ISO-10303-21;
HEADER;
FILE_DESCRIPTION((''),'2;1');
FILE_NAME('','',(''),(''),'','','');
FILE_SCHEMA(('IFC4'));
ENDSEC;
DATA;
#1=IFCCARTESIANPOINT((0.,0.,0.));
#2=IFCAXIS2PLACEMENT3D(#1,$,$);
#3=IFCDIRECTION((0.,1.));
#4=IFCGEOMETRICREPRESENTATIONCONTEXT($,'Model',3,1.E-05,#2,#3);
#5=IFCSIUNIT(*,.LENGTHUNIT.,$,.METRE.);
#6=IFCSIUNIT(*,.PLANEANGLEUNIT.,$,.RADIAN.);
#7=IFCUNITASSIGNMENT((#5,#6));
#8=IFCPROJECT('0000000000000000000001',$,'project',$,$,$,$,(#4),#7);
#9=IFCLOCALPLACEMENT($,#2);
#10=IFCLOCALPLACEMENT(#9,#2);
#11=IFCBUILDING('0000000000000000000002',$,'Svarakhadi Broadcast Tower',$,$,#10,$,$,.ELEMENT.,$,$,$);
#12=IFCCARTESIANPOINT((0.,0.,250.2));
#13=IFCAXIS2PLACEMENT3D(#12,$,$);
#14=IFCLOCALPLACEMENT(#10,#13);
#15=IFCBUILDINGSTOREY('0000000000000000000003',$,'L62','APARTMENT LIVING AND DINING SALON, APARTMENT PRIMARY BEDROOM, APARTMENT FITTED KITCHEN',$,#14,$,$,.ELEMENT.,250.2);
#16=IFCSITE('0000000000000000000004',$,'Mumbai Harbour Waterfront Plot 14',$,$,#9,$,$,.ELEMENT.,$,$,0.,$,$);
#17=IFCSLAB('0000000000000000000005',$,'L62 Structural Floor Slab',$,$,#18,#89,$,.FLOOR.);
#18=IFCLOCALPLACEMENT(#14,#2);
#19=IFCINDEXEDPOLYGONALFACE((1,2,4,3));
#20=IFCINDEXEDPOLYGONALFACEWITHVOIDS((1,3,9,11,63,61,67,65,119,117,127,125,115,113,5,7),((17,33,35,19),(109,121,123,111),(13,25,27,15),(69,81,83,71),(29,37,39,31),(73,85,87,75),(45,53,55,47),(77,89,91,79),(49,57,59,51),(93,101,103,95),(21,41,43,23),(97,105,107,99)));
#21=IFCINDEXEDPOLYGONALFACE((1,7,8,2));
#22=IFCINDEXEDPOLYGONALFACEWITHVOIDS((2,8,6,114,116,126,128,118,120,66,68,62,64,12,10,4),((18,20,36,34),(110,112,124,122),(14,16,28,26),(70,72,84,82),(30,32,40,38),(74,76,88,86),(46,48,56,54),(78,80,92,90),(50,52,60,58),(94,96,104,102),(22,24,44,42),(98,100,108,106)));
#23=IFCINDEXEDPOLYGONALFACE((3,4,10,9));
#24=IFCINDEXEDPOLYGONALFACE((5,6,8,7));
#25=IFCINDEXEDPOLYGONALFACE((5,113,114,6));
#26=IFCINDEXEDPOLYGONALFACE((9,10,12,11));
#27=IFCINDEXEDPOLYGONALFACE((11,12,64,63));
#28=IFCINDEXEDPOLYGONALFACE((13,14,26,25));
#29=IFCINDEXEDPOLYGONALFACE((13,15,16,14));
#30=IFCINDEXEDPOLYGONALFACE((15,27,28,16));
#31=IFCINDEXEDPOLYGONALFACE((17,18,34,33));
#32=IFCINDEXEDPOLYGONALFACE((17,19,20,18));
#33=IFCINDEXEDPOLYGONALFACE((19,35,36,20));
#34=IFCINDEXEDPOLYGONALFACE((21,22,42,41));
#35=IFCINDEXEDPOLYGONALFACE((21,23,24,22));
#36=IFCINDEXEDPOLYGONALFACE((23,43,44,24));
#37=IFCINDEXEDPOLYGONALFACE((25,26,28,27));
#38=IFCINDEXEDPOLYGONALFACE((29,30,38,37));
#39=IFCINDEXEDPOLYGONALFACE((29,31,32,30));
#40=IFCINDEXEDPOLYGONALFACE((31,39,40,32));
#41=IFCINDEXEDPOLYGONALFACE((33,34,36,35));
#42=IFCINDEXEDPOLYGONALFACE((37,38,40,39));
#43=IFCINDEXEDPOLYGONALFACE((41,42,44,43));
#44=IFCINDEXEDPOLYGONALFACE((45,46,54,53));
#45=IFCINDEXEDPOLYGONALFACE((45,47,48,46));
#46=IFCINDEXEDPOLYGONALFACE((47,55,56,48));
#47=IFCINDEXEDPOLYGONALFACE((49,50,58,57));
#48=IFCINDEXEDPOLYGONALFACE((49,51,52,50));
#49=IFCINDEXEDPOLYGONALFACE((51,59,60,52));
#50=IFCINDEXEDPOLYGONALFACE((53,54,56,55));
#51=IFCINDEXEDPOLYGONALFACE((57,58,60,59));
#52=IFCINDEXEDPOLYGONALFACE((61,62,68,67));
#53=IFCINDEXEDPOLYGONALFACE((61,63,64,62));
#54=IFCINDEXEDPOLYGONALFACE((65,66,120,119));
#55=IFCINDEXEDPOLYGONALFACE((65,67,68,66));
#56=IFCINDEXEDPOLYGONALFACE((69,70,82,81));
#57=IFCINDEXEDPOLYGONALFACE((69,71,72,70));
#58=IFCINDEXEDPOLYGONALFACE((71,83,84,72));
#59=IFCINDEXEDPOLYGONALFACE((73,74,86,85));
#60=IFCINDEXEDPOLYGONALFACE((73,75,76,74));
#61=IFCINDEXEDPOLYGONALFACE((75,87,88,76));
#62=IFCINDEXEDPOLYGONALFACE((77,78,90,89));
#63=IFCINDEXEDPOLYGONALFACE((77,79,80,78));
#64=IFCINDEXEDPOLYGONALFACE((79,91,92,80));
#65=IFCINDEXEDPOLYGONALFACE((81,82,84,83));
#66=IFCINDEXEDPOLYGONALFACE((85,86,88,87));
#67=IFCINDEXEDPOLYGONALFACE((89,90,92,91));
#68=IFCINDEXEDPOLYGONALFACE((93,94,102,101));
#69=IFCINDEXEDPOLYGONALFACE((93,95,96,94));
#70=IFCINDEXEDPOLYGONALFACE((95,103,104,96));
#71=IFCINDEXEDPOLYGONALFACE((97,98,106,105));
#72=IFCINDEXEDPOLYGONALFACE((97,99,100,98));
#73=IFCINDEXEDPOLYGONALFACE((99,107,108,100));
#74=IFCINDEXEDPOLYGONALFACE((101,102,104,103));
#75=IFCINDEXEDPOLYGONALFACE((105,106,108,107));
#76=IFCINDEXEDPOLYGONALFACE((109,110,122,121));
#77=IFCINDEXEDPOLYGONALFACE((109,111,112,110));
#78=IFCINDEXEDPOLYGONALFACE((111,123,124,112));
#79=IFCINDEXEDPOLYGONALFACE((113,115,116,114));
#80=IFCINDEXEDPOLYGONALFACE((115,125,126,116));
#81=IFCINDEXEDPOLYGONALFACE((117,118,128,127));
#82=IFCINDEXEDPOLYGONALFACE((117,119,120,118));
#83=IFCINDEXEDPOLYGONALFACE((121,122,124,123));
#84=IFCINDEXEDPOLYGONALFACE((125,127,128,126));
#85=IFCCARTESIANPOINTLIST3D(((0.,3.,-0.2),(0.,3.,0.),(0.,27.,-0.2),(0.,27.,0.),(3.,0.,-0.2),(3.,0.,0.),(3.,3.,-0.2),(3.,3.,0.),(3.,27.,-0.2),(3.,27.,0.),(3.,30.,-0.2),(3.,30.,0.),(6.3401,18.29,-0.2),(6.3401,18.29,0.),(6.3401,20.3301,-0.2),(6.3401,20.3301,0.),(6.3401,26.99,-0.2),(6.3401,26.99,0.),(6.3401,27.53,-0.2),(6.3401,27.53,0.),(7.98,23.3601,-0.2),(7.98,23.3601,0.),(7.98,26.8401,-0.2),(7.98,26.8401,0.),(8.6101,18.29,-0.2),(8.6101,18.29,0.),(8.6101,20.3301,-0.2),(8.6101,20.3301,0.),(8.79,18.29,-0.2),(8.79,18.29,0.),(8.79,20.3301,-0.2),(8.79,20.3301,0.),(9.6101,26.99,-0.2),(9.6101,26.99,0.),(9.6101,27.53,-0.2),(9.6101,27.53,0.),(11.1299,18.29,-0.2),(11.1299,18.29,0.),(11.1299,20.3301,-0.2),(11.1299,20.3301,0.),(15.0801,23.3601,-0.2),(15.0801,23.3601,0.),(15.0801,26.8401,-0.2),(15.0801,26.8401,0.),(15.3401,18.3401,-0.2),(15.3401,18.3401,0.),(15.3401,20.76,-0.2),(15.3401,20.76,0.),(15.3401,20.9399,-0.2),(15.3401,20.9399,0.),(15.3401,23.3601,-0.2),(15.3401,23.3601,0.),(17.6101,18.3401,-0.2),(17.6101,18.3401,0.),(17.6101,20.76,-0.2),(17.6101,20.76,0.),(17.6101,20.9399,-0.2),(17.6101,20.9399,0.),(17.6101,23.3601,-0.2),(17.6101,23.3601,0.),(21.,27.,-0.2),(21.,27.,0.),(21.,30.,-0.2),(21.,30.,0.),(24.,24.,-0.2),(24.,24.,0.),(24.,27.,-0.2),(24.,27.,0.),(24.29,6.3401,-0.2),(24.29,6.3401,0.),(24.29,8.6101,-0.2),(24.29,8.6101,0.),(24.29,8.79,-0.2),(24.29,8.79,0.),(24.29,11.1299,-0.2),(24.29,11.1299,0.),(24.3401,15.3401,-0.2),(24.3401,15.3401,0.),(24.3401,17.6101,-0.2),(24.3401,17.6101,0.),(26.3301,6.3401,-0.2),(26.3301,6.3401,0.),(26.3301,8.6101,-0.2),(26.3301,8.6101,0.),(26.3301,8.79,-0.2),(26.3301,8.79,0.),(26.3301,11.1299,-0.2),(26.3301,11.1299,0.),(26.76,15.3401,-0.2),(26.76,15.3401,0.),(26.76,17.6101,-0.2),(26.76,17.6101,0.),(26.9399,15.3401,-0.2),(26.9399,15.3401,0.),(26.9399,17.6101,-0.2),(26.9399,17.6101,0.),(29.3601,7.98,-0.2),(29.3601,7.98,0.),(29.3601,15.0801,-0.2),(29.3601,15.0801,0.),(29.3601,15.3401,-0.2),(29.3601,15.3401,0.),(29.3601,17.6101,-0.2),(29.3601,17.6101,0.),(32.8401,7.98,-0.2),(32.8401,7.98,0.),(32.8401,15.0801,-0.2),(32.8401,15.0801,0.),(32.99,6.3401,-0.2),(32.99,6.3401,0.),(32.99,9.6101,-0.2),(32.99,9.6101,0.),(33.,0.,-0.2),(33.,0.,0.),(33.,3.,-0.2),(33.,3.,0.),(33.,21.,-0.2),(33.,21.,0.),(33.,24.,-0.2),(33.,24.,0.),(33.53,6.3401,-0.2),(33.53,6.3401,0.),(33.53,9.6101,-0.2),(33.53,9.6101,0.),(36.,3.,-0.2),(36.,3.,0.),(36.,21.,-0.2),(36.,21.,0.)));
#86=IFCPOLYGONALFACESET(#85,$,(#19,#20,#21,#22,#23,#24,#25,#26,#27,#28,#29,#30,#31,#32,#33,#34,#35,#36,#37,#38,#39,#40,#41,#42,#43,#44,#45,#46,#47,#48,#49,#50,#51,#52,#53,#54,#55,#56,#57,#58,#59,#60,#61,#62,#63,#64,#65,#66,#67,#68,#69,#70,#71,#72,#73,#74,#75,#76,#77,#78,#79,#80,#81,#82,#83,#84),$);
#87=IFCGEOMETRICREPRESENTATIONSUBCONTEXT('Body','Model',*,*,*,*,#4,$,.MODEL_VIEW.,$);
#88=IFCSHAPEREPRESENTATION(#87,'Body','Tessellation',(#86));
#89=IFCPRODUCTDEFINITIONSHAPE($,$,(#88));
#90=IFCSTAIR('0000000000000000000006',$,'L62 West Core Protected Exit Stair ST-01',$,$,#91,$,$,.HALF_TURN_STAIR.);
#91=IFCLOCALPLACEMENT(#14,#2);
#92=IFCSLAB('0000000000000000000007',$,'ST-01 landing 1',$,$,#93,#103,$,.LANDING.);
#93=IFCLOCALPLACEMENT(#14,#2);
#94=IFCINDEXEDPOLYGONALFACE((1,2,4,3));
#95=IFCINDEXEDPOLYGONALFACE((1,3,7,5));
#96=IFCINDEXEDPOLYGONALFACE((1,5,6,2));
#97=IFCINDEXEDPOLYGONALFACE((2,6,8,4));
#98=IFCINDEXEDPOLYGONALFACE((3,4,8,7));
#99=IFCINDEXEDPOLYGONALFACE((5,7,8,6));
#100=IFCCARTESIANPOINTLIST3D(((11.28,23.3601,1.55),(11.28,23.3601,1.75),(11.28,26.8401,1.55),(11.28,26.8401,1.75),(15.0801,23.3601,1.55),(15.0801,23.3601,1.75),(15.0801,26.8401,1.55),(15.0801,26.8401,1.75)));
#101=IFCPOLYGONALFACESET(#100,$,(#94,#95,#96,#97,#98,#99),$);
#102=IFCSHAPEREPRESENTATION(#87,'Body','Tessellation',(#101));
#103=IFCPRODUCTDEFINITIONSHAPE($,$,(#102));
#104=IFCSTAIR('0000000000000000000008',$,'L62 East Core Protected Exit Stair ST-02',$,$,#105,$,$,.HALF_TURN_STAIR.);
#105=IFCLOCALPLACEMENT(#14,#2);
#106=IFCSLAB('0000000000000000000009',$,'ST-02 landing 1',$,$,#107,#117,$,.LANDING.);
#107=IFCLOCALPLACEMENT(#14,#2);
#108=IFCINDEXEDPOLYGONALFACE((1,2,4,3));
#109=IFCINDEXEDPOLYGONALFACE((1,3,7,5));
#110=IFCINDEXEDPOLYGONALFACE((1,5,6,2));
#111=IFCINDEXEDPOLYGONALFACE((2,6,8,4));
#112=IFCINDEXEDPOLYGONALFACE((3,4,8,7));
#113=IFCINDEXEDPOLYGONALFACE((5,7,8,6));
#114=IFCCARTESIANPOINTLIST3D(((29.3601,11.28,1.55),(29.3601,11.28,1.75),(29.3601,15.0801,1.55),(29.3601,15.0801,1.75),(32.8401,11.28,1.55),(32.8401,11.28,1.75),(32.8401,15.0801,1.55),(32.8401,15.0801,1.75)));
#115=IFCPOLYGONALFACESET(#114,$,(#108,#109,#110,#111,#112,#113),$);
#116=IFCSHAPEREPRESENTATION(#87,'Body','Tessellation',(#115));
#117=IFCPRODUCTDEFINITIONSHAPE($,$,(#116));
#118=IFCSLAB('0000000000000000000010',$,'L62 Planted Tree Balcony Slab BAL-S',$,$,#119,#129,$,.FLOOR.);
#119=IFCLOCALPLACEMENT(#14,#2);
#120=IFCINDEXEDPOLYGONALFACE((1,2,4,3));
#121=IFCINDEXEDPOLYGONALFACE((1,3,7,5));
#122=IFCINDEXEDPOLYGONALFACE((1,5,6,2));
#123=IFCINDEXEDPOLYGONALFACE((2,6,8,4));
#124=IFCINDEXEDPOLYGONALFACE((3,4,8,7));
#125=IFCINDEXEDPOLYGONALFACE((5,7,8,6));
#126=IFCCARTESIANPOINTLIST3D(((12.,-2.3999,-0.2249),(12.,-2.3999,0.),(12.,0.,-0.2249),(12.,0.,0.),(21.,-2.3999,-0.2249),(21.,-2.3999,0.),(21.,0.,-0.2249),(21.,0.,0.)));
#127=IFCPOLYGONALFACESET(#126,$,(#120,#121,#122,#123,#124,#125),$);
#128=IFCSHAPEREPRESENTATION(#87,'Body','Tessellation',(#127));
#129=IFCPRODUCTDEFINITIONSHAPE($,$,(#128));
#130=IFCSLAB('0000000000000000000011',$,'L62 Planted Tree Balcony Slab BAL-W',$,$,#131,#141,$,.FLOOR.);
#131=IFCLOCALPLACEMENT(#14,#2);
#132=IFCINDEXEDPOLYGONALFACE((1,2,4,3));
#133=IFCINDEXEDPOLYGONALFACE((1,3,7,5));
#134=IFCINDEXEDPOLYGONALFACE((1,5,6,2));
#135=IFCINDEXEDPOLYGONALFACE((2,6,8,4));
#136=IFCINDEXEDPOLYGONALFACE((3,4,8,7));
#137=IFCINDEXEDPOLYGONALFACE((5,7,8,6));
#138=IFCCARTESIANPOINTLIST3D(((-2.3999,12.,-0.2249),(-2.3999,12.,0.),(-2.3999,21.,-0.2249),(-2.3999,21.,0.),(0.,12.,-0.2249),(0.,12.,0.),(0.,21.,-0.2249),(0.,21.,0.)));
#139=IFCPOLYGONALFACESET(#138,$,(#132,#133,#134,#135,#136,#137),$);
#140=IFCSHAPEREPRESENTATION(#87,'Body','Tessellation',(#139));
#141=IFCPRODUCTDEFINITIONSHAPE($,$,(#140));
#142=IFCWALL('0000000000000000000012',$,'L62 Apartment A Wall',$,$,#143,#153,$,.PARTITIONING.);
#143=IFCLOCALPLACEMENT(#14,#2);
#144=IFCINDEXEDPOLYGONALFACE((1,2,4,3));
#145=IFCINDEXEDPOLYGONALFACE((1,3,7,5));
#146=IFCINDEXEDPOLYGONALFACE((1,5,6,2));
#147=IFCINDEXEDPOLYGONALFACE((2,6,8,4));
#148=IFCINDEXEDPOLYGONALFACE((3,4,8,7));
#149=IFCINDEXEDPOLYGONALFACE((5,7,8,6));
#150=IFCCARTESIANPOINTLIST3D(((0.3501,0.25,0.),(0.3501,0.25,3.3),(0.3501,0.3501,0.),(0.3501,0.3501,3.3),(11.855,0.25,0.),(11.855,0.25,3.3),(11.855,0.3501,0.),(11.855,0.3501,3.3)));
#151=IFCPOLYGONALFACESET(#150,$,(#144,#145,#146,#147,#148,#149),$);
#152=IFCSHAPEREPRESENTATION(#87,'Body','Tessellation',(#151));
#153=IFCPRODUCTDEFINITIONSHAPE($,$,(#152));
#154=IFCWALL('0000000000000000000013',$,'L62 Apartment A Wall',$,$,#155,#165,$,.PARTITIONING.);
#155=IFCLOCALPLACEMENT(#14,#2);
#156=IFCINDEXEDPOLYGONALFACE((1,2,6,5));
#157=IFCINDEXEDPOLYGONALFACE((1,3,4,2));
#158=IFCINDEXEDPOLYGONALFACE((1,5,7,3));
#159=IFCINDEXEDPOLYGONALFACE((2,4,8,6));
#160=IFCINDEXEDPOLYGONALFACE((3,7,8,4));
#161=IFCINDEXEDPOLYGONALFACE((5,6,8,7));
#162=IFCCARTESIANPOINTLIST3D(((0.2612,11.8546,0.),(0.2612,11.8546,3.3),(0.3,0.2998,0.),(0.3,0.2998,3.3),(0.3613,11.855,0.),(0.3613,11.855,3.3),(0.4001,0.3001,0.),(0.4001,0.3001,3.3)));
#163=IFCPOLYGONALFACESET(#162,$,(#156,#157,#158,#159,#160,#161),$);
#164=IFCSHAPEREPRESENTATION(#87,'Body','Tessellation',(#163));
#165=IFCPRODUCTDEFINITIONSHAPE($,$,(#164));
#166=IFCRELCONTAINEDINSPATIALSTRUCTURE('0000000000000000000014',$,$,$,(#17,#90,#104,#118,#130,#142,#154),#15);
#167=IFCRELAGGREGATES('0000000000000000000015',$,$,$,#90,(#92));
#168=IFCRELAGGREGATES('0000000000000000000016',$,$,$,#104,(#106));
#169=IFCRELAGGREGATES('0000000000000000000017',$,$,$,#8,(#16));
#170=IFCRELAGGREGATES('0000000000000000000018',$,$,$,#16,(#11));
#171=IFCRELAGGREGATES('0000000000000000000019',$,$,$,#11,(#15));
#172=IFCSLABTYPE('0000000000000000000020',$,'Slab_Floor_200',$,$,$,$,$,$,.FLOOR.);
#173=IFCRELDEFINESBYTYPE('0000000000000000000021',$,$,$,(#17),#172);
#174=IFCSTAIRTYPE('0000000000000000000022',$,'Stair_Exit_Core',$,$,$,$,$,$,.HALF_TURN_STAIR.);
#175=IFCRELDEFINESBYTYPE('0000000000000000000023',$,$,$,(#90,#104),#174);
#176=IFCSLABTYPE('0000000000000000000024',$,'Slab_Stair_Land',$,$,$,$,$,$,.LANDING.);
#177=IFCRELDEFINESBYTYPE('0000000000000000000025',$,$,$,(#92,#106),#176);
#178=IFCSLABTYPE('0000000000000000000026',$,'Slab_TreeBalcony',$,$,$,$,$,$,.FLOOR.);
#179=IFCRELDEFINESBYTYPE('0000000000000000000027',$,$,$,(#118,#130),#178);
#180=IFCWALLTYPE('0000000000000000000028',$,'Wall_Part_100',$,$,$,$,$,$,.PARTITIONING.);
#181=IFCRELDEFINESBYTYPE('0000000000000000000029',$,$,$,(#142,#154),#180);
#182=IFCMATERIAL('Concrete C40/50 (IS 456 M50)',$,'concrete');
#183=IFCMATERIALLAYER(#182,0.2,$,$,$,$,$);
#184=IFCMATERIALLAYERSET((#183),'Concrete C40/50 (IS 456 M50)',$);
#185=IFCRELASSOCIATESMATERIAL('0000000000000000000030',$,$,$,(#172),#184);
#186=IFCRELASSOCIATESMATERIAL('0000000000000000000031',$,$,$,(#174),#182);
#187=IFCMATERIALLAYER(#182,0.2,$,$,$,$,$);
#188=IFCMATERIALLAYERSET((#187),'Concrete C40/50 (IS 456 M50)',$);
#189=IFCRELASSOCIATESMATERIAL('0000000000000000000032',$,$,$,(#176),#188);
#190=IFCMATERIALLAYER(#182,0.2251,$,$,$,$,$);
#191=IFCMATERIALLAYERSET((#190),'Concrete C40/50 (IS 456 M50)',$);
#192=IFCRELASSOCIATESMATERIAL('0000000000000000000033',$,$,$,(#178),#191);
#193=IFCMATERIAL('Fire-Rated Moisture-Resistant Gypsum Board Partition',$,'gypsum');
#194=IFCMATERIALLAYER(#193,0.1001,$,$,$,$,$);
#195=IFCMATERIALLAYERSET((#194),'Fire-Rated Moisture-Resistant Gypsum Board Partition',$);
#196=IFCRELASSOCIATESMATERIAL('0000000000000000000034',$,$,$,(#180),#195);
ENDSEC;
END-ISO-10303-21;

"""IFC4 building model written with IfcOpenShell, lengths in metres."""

from ifc_helpers import new_model, si_unit, direction, frame, frame_2d, origin, place, context, subcontext, project, spatial, polyline, rectangle, outline, extrude, material, layer, layer_set, type_object, element, aggregate, save


model = new_model("IFC4")

# Units and contexts
model_context = context("Model", 3, precision=1e-05, world=origin(), true_north=direction((0.0, 1.0)))
body_context = subcontext(model_context, "Body", "Model", "MODEL_VIEW")
ifc_project = project(units=[si_unit("LENGTHUNIT", "METRE"), si_unit("PLANEANGLEUNIT", "RADIAN")], contexts=[model_context])

# Site, building, storey
site_placement = place(None, origin())
site = spatial("IfcSite", under=ifc_project, at=site_placement, Name="Mumbai Harbour Waterfront Plot 14", CompositionType="ELEMENT", RefElevation=0.0)
building_placement = place(site_placement, origin())
building = spatial("IfcBuilding", under=site, at=building_placement, Name="Svarakhadi Broadcast Tower", CompositionType="ELEMENT")
storey_placement = place(building_placement, frame((0.0, 0.0, 250.2)))
storey = spatial("IfcBuildingStorey", under=building, at=storey_placement, Name="L62", Description="APARTMENT LIVING AND DINING SALON, APARTMENT PRIMARY BEDROOM, APARTMENT FITTED KITCHEN", CompositionType="ELEMENT", Elevation=250.2)

# Slab
ifc_material_1 = material(Name="Concrete C40/50 (IS 456 M50)", Category="concrete")
ifc_layer_1 = layer(ifc_material_1, 0.2)
ifc_layer_set_1 = layer_set([ifc_layer_1], Name="Concrete C40/50 (IS 456 M50)")
slab_type_1 = type_object("IfcSlabType", Name="Slab_Floor_200", PredefinedType="FLOOR", material=ifc_layer_set_1)
slab_1_placement = place(storey_placement, frame((0.0, 0.0, -0.2)))
element("IfcSlab", 1, at=slab_1_placement, inside=storey, type_object=slab_type_1, Name="L62 Structural Floor Slab", PredefinedType="FLOOR", context=body_context, shape_type="SweptSolid", body=[
    extrude(outline(polyline([(3.0, 0.0), (33.0, 0.0), (33.0, 3.0), (36.0, 3.0), (36.0, 21.0), (33.0, 21.0), (33.0, 24.0), (24.0, 24.0), (24.0, 27.0), (21.0, 27.0), (21.0, 30.0), (3.0, 30.0), (3.0, 27.0), (0.0, 27.0), (0.0, 3.0), (3.0, 3.0), (3.0, 0.0)]), holes=[polyline([(7.98, 23.3601), (15.0801, 23.3601), (15.0801, 26.8401), (7.98, 26.8401), (7.98, 23.3601)]), polyline([(32.8401, 7.98), (32.8401, 15.0801), (29.3601, 15.0801), (29.3601, 7.98), (32.8401, 7.98)]), polyline([(6.3401, 18.29), (8.6101, 18.29), (8.6101, 20.3301), (6.3401, 20.3301), (6.3401, 18.29)]), polyline([(8.79, 18.29), (11.1299, 18.29), (11.1299, 20.3301), (8.79, 20.3301), (8.79, 18.29)]), polyline([(24.29, 6.3401), (26.3301, 6.3401), (26.3301, 8.6101), (24.29, 8.6101), (24.29, 6.3401)]), polyline([(24.29, 8.79), (26.3301, 8.79), (26.3301, 11.1299), (24.29, 11.1299), (24.29, 8.79)]), polyline([(6.3401, 26.99), (9.6101, 26.99), (9.6101, 27.53), (6.3401, 27.53), (6.3401, 26.99)]), polyline([(32.99, 6.3401), (33.53, 6.3401), (33.53, 9.6101), (32.99, 9.6101), (32.99, 6.3401)]), polyline([(15.3401, 18.3401), (17.6101, 18.3401), (17.6101, 20.76), (15.3401, 20.76), (15.3401, 18.3401)]), polyline([(15.3401, 20.9399), (17.6101, 20.9399), (17.6101, 23.3601), (15.3401, 23.3601), (15.3401, 20.9399)]), polyline([(24.3401, 15.3401), (26.76, 15.3401), (26.76, 17.6101), (24.3401, 17.6101), (24.3401, 15.3401)]), polyline([(26.9399, 15.3401), (29.3601, 15.3401), (29.3601, 17.6101), (26.9399, 17.6101), (26.9399, 15.3401)])]), origin(), (0.0, 0.0, 1.0), 0.2),
])

# Stairs, slabs
stair_type = type_object("IfcStairType", Name="Stair_Exit_Core", PredefinedType="HALF_TURN_STAIR", material=ifc_material_1)
stair_1_placement = place(storey_placement, origin())
stair_1 = element("IfcStair", 2, at=stair_1_placement, inside=storey, type_object=stair_type, Name="L62 West Core Protected Exit Stair ST-01", PredefinedType="HALF_TURN_STAIR")
ifc_layer_2 = layer(ifc_material_1, 0.2)
ifc_layer_set_2 = layer_set([ifc_layer_2], Name="Concrete C40/50 (IS 456 M50)")
slab_type_2 = type_object("IfcSlabType", Name="Slab_Stair_Land", PredefinedType="LANDING", material=ifc_layer_set_2)
slab_2_placement = place(storey_placement, frame((0.0, 0.0, 1.55)))
slab_2 = element("IfcSlab", 3, at=slab_2_placement, type_object=slab_type_2, Name="ST-01 landing 1", PredefinedType="LANDING", context=body_context, shape_type="SweptSolid", body=[
    extrude(outline(polyline([(11.28, 23.3601), (15.0801, 23.3601), (15.0801, 26.8401), (11.28, 26.8401), (11.28, 23.3601)])), origin(), (0.0, 0.0, 1.0), 0.2),
])
aggregate(stair_1, [slab_2])
stair_2_placement = place(storey_placement, origin())
stair_2 = element("IfcStair", 4, at=stair_2_placement, inside=storey, type_object=stair_type, Name="L62 East Core Protected Exit Stair ST-02", PredefinedType="HALF_TURN_STAIR")
slab_3_placement = place(storey_placement, frame((0.0, 0.0, 1.55)))
slab_3 = element("IfcSlab", 5, at=slab_3_placement, type_object=slab_type_2, Name="ST-02 landing 1", PredefinedType="LANDING", context=body_context, shape_type="SweptSolid", body=[
    extrude(outline(polyline([(32.8401, 11.28), (32.8401, 15.0801), (29.3601, 15.0801), (29.3601, 11.28), (32.8401, 11.28)])), origin(), (0.0, 0.0, 1.0), 0.2),
])
aggregate(stair_2, [slab_3])

# Slabs
ifc_layer_3 = layer(ifc_material_1, 0.2251)
ifc_layer_set_3 = layer_set([ifc_layer_3], Name="Concrete C40/50 (IS 456 M50)")
slab_type_3 = type_object("IfcSlabType", Name="Slab_TreeBalcony", PredefinedType="FLOOR", material=ifc_layer_set_3)
slab_4_placement = place(storey_placement, frame((0.0, 0.0, -0.2249)))
element("IfcSlab", 6, at=slab_4_placement, inside=storey, type_object=slab_type_3, Name="L62 Planted Tree Balcony Slab BAL-S", PredefinedType="FLOOR", context=body_context, shape_type="SweptSolid", body=[
    extrude(outline(polyline([(12.0, -2.3999), (21.0, -2.3999), (21.0, 0.0), (12.0, 0.0), (12.0, -2.3999)])), origin(), (0.0, 0.0, 1.0), 0.2249),
])
slab_5_placement = place(storey_placement, frame((0.0, 0.0, -0.2249)))
element("IfcSlab", 7, at=slab_5_placement, inside=storey, type_object=slab_type_3, Name="L62 Planted Tree Balcony Slab BAL-W", PredefinedType="FLOOR", context=body_context, shape_type="SweptSolid", body=[
    extrude(outline(polyline([(-2.3999, 12.0), (0.0, 12.0), (0.0, 21.0), (-2.3999, 21.0), (-2.3999, 12.0)])), origin(), (0.0, 0.0, 1.0), 0.2249),
])

# Walls
ifc_material_2 = material(Name="Fire-Rated Moisture-Resistant Gypsum Board Partition", Category="gypsum")
ifc_layer_4 = layer(ifc_material_2, 0.1001)
ifc_layer_set_4 = layer_set([ifc_layer_4], Name="Fire-Rated Moisture-Resistant Gypsum Board Partition")
wall_type = type_object("IfcWallType", Name="Wall_Part_100", PredefinedType="PARTITIONING", material=ifc_layer_set_4)
wall_1_placement = place(storey_placement, frame((0.3501, 0.3, 0.0), z_axis=(0.0, 0.0, 1.0), x_axis=(1.0, 0.0, 0.0)))
element("IfcWall", 8, at=wall_1_placement, inside=storey, type_object=wall_type, Name="L62 Apartment A Wall", PredefinedType="PARTITIONING", context=body_context, shape_type="SweptSolid", body=[
    extrude(rectangle(XDim=11.5049, YDim=0.1001, at=frame_2d((5.7524, 0.0))), origin(), (0.0, 0.0, 1.0), 3.3),
])
wall_2_placement = place(storey_placement, frame((0.3501, 0.3, 0.0), z_axis=(0.0, 0.0, 1.0), x_axis=(-0.003359, 0.999994, 0.0)))
element("IfcWall", 9, at=wall_2_placement, inside=storey, type_object=wall_type, Name="L62 Apartment A Wall", PredefinedType="PARTITIONING", context=body_context, shape_type="SweptSolid", body=[
    extrude(rectangle(XDim=11.5549, YDim=0.1001, at=frame_2d((5.7773, 0.0))), origin(), (0.0, 0.0, 1.0), 3.3),
])

save(model, "model.ifc")
